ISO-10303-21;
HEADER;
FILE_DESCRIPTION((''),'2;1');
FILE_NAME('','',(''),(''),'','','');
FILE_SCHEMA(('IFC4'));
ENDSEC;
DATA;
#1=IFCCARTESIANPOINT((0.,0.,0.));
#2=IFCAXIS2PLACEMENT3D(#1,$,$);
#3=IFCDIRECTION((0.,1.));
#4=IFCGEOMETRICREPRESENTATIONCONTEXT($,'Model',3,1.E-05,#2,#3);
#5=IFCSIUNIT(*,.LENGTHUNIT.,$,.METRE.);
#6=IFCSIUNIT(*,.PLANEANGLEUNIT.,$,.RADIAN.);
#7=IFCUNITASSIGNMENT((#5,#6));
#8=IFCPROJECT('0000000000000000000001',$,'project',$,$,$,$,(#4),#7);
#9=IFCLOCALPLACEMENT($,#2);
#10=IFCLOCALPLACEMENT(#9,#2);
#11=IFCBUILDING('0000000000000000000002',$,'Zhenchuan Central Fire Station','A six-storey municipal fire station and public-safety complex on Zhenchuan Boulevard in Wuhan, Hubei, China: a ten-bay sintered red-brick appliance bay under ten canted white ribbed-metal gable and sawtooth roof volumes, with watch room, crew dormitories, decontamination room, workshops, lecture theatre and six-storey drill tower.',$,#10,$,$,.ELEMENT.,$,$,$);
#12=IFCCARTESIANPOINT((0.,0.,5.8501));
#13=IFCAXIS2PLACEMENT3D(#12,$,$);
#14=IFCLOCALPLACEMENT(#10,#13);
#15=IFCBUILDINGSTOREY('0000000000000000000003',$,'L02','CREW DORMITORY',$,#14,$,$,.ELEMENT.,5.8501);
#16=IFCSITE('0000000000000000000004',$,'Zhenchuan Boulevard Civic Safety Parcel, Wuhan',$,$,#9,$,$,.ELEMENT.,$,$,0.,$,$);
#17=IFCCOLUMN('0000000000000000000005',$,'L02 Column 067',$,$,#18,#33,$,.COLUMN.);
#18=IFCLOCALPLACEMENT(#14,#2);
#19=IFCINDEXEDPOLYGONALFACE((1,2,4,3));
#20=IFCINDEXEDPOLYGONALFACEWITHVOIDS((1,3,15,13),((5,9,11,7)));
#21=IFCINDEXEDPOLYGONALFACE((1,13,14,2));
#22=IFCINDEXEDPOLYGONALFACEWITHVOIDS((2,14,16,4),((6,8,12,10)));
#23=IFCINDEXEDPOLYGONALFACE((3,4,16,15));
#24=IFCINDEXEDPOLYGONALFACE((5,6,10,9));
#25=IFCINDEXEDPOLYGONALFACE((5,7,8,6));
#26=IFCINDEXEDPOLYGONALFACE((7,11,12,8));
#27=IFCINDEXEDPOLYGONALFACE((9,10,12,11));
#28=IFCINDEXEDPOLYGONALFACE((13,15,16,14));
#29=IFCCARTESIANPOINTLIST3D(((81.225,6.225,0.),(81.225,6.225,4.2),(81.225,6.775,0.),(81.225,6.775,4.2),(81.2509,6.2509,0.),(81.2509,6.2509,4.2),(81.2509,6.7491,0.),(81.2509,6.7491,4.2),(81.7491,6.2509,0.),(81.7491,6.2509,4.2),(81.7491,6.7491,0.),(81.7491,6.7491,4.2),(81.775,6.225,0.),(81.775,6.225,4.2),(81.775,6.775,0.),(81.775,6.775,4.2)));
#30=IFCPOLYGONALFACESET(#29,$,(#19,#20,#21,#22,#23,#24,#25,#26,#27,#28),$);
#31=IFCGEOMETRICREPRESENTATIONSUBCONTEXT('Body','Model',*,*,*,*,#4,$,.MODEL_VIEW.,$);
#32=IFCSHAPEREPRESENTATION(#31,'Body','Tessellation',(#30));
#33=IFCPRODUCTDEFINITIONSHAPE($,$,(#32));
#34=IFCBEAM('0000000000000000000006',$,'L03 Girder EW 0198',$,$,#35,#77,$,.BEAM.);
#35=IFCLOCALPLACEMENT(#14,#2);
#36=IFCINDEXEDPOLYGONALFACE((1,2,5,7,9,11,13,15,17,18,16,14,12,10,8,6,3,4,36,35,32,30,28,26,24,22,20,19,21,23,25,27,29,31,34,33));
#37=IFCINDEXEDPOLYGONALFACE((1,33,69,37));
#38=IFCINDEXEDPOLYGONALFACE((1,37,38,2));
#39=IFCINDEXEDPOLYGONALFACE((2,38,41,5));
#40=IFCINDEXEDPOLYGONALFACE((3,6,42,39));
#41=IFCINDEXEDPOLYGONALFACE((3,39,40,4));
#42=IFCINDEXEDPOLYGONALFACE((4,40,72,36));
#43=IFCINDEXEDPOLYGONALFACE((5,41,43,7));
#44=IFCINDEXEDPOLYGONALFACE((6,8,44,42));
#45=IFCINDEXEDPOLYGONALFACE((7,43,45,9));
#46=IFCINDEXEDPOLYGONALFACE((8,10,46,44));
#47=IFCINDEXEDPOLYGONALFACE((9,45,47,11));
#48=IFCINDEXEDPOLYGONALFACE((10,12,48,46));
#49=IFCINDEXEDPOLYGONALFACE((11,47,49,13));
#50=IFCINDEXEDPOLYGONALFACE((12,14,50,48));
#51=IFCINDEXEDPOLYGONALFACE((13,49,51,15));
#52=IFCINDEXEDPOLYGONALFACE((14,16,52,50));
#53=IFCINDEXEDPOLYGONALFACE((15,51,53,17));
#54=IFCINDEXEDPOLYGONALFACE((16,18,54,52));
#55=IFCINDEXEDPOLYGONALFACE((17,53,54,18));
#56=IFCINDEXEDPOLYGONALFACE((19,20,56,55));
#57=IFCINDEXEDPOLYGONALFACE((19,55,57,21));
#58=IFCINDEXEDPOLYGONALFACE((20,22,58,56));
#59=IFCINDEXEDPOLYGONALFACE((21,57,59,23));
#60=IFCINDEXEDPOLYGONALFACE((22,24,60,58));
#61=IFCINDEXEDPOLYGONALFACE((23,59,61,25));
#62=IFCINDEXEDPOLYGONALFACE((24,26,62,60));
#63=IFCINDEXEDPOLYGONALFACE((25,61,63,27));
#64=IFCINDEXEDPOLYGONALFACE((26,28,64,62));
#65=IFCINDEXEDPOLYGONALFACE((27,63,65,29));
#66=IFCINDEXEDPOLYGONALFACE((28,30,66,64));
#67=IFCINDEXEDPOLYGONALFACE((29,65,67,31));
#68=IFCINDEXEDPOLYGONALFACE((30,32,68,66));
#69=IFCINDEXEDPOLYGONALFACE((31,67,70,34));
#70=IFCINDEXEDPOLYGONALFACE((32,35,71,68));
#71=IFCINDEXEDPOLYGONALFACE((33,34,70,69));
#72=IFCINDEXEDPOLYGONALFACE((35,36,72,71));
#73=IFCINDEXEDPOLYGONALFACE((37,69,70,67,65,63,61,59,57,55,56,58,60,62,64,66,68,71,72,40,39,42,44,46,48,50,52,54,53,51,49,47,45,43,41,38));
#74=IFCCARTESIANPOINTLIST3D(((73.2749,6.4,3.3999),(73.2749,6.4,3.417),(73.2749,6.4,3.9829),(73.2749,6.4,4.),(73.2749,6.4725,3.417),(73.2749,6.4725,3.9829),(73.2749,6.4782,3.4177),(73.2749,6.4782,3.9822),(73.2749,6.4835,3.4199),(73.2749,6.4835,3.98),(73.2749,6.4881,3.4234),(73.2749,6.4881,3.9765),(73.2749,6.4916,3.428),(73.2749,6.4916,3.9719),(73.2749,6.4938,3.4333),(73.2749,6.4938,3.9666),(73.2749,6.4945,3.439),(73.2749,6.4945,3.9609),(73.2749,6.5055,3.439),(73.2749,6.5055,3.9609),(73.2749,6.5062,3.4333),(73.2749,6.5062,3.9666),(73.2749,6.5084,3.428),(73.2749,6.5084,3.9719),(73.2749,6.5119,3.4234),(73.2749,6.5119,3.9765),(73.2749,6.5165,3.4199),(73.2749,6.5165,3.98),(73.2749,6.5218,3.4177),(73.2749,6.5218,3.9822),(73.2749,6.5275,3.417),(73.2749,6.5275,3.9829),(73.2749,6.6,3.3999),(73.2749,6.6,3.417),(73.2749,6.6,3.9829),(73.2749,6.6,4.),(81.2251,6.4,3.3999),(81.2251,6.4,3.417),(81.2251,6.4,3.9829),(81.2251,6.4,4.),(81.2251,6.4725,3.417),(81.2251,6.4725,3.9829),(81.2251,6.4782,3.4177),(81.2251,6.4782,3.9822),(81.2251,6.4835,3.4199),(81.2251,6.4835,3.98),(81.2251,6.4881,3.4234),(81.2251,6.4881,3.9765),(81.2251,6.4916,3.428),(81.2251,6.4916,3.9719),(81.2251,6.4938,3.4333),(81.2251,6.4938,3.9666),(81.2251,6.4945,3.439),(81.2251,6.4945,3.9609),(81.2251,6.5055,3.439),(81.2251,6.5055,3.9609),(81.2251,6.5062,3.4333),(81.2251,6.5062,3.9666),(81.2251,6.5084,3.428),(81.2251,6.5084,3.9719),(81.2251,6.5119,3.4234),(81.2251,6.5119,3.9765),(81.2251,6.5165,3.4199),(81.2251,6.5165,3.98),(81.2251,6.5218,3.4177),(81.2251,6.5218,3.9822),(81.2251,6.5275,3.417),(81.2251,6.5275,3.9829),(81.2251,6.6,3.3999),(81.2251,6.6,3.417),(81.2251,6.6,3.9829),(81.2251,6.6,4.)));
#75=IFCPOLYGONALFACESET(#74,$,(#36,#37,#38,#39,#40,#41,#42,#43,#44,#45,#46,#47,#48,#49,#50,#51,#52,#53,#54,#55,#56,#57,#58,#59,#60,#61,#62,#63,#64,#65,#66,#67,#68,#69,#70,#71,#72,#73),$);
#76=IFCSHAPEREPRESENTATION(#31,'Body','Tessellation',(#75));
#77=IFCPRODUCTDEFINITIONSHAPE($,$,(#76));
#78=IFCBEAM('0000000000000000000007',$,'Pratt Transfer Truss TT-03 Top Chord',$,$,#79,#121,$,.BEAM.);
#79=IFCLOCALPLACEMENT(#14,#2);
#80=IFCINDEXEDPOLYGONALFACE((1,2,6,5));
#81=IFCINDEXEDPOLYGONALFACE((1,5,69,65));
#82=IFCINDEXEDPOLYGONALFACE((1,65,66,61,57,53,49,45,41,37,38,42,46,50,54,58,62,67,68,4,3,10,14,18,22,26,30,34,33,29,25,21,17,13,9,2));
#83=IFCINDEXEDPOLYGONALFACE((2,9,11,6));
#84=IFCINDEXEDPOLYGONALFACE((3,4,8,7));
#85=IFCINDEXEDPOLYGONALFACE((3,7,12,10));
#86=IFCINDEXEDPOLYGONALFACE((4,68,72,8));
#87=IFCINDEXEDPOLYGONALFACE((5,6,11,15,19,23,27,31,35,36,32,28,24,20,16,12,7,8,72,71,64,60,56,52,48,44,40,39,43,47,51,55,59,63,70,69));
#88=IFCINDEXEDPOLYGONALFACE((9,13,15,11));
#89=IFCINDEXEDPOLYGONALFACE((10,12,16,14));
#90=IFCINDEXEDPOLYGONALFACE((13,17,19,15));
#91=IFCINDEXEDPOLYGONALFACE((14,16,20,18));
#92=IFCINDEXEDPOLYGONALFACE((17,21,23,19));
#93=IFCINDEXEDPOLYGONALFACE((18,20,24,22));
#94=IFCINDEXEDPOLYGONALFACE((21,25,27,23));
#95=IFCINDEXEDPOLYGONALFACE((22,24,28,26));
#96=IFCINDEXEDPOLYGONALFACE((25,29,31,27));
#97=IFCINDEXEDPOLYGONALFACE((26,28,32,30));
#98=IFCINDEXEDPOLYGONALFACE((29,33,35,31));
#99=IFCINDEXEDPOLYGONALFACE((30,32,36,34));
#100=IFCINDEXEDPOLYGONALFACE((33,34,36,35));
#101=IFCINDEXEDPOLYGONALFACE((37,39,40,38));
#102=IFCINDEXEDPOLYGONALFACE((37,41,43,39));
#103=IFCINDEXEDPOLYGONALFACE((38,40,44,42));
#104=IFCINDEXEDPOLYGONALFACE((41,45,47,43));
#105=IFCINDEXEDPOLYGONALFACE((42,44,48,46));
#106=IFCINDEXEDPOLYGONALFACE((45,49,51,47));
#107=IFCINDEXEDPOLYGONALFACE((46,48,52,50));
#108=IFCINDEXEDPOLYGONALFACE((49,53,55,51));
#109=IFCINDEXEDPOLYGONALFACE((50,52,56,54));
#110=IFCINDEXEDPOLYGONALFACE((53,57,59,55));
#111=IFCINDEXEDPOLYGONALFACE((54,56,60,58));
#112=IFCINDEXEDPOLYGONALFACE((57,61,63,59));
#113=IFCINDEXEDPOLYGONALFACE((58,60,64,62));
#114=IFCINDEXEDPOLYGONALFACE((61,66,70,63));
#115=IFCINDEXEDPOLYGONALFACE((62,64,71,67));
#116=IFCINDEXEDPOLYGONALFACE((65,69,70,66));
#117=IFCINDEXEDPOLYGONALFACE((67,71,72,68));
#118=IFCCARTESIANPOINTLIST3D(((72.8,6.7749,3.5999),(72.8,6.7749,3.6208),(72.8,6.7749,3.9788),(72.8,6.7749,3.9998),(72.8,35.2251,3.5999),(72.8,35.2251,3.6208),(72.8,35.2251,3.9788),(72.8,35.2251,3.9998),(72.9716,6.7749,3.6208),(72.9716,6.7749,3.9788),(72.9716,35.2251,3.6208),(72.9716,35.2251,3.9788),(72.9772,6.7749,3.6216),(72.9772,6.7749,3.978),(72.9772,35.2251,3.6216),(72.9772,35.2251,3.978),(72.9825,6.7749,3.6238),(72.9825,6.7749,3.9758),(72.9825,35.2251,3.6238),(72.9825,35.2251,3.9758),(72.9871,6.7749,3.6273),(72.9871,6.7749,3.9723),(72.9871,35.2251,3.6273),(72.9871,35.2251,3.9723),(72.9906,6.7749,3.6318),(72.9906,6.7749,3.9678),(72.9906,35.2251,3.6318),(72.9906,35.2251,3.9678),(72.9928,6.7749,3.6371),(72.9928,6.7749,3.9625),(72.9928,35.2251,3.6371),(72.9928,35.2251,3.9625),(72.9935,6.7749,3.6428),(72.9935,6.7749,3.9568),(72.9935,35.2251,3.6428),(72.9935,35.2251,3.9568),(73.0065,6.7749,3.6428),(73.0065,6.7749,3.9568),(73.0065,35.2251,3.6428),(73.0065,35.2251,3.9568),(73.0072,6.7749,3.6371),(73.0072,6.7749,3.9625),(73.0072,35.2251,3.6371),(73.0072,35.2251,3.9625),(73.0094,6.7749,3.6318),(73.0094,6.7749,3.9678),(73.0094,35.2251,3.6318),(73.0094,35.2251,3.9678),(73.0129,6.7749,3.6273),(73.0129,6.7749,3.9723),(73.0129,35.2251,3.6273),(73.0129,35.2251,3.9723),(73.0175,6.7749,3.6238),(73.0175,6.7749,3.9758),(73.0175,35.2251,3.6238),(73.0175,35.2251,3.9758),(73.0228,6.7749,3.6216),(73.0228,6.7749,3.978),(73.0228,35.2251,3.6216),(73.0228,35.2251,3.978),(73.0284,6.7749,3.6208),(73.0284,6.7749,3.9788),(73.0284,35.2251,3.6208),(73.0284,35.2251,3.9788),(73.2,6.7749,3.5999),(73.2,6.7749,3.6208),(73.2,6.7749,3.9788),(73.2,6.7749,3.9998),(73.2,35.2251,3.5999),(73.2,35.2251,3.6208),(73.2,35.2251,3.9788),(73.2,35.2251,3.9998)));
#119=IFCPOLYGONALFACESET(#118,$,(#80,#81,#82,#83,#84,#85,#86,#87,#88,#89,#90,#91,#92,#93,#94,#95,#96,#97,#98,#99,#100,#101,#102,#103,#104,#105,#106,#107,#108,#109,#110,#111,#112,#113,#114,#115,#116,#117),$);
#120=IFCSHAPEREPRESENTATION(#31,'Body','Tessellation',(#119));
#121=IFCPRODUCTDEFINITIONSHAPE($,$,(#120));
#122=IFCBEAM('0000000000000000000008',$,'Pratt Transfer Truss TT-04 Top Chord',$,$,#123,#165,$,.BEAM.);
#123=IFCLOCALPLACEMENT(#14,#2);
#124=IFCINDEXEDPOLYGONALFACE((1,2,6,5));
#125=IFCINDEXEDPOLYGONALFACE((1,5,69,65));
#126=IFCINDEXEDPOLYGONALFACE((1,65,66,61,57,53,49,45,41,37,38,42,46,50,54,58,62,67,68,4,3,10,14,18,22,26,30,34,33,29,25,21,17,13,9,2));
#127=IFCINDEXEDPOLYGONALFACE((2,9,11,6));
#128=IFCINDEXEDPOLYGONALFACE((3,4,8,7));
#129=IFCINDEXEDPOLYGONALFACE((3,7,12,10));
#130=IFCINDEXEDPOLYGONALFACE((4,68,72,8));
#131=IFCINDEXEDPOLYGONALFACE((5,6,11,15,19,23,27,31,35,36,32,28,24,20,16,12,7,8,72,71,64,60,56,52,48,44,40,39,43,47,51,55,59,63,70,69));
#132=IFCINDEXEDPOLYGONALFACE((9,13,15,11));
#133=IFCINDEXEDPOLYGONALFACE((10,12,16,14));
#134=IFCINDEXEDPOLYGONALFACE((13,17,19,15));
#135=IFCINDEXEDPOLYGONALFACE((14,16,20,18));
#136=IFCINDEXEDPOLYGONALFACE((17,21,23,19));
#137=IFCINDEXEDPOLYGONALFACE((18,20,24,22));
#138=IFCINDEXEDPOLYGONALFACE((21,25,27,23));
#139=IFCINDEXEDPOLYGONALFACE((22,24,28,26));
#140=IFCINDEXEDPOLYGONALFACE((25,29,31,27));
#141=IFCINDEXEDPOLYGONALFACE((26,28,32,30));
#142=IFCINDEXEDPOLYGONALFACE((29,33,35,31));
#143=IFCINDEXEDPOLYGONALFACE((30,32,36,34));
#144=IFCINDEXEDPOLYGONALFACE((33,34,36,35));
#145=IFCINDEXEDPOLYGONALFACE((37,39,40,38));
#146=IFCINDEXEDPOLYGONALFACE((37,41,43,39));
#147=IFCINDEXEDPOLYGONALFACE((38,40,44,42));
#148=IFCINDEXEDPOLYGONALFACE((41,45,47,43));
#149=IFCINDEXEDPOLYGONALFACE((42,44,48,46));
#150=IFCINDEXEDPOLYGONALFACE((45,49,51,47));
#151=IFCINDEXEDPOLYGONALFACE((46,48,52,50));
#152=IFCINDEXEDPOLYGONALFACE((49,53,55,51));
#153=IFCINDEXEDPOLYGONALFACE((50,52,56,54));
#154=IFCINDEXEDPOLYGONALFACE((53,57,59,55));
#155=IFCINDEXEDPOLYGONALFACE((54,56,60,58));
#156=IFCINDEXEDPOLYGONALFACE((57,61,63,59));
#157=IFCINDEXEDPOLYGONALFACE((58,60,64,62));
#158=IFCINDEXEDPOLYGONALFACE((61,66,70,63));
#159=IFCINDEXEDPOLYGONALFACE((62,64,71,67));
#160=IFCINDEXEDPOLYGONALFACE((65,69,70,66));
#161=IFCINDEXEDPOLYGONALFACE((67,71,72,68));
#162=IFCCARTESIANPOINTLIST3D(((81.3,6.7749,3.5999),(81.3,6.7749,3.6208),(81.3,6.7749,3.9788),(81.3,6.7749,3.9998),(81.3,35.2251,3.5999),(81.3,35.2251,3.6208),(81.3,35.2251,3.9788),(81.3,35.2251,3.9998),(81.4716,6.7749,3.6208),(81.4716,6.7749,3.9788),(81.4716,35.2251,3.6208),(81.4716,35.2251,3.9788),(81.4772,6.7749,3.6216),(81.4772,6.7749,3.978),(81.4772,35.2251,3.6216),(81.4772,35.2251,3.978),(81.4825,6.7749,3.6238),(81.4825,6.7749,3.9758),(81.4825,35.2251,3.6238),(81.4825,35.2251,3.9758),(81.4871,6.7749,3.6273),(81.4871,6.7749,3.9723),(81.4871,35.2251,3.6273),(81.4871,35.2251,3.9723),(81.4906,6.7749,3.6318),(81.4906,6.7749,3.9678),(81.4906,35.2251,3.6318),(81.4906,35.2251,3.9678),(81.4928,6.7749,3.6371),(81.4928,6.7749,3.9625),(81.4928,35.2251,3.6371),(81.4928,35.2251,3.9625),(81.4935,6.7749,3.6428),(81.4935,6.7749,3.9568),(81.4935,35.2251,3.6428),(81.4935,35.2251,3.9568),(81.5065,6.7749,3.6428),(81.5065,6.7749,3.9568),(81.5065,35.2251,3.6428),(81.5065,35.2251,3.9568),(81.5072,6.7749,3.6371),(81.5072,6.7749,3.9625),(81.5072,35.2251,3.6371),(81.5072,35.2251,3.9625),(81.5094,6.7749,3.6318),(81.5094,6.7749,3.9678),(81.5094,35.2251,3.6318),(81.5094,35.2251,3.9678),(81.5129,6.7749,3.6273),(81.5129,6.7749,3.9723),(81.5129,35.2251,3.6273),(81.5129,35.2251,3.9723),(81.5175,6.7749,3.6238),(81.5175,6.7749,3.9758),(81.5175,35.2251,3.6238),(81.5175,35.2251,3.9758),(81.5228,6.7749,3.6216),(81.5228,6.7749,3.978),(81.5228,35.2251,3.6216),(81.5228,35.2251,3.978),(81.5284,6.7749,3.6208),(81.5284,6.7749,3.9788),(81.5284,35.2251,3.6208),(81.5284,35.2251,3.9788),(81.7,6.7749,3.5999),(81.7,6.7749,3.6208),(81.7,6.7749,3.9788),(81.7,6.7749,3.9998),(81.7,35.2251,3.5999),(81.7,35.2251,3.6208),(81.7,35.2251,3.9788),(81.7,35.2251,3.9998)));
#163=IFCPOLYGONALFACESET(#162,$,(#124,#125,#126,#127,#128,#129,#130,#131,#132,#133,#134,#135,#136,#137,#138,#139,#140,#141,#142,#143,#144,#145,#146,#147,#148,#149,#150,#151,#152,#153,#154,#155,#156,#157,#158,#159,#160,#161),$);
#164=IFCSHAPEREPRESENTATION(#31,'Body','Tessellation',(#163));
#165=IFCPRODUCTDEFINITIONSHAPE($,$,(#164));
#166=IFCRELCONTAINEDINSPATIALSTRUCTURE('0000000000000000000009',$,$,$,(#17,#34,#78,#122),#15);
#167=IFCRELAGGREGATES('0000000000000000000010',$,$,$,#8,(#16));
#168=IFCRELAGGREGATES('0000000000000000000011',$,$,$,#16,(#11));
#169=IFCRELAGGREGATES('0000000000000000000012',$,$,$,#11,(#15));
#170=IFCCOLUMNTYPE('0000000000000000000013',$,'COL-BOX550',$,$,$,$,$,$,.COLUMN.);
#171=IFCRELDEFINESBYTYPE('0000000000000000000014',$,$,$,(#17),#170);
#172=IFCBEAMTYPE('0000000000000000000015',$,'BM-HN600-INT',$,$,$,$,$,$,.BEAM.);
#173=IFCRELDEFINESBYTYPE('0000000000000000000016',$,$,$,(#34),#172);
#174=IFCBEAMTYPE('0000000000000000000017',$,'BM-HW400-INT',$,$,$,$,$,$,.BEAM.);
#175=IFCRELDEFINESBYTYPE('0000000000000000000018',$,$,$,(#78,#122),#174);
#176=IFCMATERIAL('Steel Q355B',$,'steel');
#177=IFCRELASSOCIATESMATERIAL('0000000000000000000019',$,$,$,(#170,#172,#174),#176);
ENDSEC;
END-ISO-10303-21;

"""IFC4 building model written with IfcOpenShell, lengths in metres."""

from ifc_helpers import new_model, si_unit, direction, frame, origin, origin_2d, place, context, subcontext, project, spatial, hollow_rectangle, i_section, extrude, material, material_profile, profile_set, type_object, element, save


model = new_model("IFC4")

# Units and contexts
model_context = context("Model", 3, precision=1e-05, world=origin(), true_north=direction((0.0, 1.0)))
body_context = subcontext(model_context, "Body", "Model", "MODEL_VIEW")
ifc_project = project(units=[si_unit("LENGTHUNIT", "METRE"), si_unit("PLANEANGLEUNIT", "RADIAN")], contexts=[model_context])

# Site, building, storey
site_placement = place(None, origin())
site = spatial("IfcSite", under=ifc_project, at=site_placement, Name="Zhenchuan Boulevard Civic Safety Parcel, Wuhan", CompositionType="ELEMENT", RefElevation=0.0)
building_placement = place(site_placement, origin())
building = spatial("IfcBuilding", under=site, at=building_placement, Name="Zhenchuan Central Fire Station", Description="A six-storey municipal fire station and public-safety complex on Zhenchuan Boulevard in Wuhan, Hubei, China: a ten-bay sintered red-brick appliance bay under ten canted white ribbed-metal gable and sawtooth roof volumes, with watch room, crew dormitories, decontamination room, workshops, lecture theatre and six-storey drill tower.", CompositionType="ELEMENT")
storey_placement = place(building_placement, frame((0.0, 0.0, 5.8501)))
storey = spatial("IfcBuildingStorey", under=building, at=storey_placement, Name="L02", Description="CREW DORMITORY", CompositionType="ELEMENT", Elevation=5.8501)

# Column
ifc_material_1 = material(Name="Steel Q355B", Category="steel")
ifc_material_profile_1 = material_profile(ifc_material_1, hollow_rectangle(XDim=0.55, YDim=0.55, WallThickness=0.0259, at=origin_2d()), Name="BOX 550x550x26")
ifc_profile_set_1 = profile_set([ifc_material_profile_1], Name="Steel Q355B")
column_type = type_object("IfcColumnType", Name="COL-BOX550", PredefinedType="COLUMN", material=ifc_profile_set_1)
column_placement = place(storey_placement, frame((81.5, 6.5, 0.0), z_axis=(0.0, 0.0, 1.0), x_axis=(1.0, 0.0, 0.0)))
element("IfcColumn", 1, at=column_placement, inside=storey, type_object=column_type, Name="L02 Column 067", PredefinedType="COLUMN", context=body_context, shape_type="SweptSolid", body=[
    extrude(hollow_rectangle(XDim=0.55, YDim=0.55, WallThickness=0.0259, at=origin_2d()), origin(), (0.0, 0.0, 1.0), 4.2),
])

# Beams
ifc_material_profile_2 = material_profile(ifc_material_1, i_section(OverallWidth=0.2, OverallDepth=0.6001, WebThickness=0.011, FlangeThickness=0.0171, FilletRadius=0.022, at=origin_2d()), Name="HN 600x200")
ifc_profile_set_2 = profile_set([ifc_material_profile_2], Name="Steel Q355B")
beam_type_1 = type_object("IfcBeamType", Name="BM-HN600-INT", PredefinedType="BEAM", material=ifc_profile_set_2)
beam_placement = place(storey_placement, frame((73.2749, 6.5, 3.7), z_axis=(1.0, 0.0, 0.0), x_axis=(0.0, 1.0, 0.0)))
element("IfcBeam", 2, at=beam_placement, inside=storey, type_object=beam_type_1, Name="L03 Girder EW 0198", PredefinedType="BEAM", context=body_context, shape_type="SweptSolid", body=[
    extrude(i_section(OverallWidth=0.2, OverallDepth=0.6001, WebThickness=0.011, FlangeThickness=0.0171, FilletRadius=0.022, at=origin_2d()), origin(), (0.0, 0.0, 1.0), 7.9502),
])
ifc_material_profile_3 = material_profile(ifc_material_1, i_section(OverallWidth=0.3999, OverallDepth=0.3999, WebThickness=0.0129, FlangeThickness=0.021, FilletRadius=0.022, at=origin_2d()), Name="HW 400x400")
ifc_profile_set_3 = profile_set([ifc_material_profile_3], Name="Steel Q355B")
beam_type_2 = type_object("IfcBeamType", Name="BM-HW400-INT", PredefinedType="BEAM", material=ifc_profile_set_3)
for number, where, z_axis, x_axis, name in (
    (3, (73.0, 6.7749, 3.7998), (0.0, 1.0, 0.0), (-1.0, 0.0, 0.0), "Pratt Transfer Truss TT-03 Top Chord"),
    (4, (81.5, 6.7749, 3.7998), (0.0, 1.0, 0.0), (-1.0, 0.0, 0.0), "Pratt Transfer Truss TT-04 Top Chord"),
):
    element("IfcBeam", number, at=place(storey_placement, frame(where, z_axis=z_axis, x_axis=x_axis)), inside=storey, type_object=beam_type_2, Name=name, PredefinedType="BEAM", context=body_context, shape_type="SweptSolid", body=[
        extrude(i_section(OverallWidth=0.3999, OverallDepth=0.3999, WebThickness=0.0129, FlangeThickness=0.021, FilletRadius=0.022, at=origin_2d()), origin(), (0.0, 0.0, 1.0), 28.4502),
    ])

save(model, "model.ifc")
